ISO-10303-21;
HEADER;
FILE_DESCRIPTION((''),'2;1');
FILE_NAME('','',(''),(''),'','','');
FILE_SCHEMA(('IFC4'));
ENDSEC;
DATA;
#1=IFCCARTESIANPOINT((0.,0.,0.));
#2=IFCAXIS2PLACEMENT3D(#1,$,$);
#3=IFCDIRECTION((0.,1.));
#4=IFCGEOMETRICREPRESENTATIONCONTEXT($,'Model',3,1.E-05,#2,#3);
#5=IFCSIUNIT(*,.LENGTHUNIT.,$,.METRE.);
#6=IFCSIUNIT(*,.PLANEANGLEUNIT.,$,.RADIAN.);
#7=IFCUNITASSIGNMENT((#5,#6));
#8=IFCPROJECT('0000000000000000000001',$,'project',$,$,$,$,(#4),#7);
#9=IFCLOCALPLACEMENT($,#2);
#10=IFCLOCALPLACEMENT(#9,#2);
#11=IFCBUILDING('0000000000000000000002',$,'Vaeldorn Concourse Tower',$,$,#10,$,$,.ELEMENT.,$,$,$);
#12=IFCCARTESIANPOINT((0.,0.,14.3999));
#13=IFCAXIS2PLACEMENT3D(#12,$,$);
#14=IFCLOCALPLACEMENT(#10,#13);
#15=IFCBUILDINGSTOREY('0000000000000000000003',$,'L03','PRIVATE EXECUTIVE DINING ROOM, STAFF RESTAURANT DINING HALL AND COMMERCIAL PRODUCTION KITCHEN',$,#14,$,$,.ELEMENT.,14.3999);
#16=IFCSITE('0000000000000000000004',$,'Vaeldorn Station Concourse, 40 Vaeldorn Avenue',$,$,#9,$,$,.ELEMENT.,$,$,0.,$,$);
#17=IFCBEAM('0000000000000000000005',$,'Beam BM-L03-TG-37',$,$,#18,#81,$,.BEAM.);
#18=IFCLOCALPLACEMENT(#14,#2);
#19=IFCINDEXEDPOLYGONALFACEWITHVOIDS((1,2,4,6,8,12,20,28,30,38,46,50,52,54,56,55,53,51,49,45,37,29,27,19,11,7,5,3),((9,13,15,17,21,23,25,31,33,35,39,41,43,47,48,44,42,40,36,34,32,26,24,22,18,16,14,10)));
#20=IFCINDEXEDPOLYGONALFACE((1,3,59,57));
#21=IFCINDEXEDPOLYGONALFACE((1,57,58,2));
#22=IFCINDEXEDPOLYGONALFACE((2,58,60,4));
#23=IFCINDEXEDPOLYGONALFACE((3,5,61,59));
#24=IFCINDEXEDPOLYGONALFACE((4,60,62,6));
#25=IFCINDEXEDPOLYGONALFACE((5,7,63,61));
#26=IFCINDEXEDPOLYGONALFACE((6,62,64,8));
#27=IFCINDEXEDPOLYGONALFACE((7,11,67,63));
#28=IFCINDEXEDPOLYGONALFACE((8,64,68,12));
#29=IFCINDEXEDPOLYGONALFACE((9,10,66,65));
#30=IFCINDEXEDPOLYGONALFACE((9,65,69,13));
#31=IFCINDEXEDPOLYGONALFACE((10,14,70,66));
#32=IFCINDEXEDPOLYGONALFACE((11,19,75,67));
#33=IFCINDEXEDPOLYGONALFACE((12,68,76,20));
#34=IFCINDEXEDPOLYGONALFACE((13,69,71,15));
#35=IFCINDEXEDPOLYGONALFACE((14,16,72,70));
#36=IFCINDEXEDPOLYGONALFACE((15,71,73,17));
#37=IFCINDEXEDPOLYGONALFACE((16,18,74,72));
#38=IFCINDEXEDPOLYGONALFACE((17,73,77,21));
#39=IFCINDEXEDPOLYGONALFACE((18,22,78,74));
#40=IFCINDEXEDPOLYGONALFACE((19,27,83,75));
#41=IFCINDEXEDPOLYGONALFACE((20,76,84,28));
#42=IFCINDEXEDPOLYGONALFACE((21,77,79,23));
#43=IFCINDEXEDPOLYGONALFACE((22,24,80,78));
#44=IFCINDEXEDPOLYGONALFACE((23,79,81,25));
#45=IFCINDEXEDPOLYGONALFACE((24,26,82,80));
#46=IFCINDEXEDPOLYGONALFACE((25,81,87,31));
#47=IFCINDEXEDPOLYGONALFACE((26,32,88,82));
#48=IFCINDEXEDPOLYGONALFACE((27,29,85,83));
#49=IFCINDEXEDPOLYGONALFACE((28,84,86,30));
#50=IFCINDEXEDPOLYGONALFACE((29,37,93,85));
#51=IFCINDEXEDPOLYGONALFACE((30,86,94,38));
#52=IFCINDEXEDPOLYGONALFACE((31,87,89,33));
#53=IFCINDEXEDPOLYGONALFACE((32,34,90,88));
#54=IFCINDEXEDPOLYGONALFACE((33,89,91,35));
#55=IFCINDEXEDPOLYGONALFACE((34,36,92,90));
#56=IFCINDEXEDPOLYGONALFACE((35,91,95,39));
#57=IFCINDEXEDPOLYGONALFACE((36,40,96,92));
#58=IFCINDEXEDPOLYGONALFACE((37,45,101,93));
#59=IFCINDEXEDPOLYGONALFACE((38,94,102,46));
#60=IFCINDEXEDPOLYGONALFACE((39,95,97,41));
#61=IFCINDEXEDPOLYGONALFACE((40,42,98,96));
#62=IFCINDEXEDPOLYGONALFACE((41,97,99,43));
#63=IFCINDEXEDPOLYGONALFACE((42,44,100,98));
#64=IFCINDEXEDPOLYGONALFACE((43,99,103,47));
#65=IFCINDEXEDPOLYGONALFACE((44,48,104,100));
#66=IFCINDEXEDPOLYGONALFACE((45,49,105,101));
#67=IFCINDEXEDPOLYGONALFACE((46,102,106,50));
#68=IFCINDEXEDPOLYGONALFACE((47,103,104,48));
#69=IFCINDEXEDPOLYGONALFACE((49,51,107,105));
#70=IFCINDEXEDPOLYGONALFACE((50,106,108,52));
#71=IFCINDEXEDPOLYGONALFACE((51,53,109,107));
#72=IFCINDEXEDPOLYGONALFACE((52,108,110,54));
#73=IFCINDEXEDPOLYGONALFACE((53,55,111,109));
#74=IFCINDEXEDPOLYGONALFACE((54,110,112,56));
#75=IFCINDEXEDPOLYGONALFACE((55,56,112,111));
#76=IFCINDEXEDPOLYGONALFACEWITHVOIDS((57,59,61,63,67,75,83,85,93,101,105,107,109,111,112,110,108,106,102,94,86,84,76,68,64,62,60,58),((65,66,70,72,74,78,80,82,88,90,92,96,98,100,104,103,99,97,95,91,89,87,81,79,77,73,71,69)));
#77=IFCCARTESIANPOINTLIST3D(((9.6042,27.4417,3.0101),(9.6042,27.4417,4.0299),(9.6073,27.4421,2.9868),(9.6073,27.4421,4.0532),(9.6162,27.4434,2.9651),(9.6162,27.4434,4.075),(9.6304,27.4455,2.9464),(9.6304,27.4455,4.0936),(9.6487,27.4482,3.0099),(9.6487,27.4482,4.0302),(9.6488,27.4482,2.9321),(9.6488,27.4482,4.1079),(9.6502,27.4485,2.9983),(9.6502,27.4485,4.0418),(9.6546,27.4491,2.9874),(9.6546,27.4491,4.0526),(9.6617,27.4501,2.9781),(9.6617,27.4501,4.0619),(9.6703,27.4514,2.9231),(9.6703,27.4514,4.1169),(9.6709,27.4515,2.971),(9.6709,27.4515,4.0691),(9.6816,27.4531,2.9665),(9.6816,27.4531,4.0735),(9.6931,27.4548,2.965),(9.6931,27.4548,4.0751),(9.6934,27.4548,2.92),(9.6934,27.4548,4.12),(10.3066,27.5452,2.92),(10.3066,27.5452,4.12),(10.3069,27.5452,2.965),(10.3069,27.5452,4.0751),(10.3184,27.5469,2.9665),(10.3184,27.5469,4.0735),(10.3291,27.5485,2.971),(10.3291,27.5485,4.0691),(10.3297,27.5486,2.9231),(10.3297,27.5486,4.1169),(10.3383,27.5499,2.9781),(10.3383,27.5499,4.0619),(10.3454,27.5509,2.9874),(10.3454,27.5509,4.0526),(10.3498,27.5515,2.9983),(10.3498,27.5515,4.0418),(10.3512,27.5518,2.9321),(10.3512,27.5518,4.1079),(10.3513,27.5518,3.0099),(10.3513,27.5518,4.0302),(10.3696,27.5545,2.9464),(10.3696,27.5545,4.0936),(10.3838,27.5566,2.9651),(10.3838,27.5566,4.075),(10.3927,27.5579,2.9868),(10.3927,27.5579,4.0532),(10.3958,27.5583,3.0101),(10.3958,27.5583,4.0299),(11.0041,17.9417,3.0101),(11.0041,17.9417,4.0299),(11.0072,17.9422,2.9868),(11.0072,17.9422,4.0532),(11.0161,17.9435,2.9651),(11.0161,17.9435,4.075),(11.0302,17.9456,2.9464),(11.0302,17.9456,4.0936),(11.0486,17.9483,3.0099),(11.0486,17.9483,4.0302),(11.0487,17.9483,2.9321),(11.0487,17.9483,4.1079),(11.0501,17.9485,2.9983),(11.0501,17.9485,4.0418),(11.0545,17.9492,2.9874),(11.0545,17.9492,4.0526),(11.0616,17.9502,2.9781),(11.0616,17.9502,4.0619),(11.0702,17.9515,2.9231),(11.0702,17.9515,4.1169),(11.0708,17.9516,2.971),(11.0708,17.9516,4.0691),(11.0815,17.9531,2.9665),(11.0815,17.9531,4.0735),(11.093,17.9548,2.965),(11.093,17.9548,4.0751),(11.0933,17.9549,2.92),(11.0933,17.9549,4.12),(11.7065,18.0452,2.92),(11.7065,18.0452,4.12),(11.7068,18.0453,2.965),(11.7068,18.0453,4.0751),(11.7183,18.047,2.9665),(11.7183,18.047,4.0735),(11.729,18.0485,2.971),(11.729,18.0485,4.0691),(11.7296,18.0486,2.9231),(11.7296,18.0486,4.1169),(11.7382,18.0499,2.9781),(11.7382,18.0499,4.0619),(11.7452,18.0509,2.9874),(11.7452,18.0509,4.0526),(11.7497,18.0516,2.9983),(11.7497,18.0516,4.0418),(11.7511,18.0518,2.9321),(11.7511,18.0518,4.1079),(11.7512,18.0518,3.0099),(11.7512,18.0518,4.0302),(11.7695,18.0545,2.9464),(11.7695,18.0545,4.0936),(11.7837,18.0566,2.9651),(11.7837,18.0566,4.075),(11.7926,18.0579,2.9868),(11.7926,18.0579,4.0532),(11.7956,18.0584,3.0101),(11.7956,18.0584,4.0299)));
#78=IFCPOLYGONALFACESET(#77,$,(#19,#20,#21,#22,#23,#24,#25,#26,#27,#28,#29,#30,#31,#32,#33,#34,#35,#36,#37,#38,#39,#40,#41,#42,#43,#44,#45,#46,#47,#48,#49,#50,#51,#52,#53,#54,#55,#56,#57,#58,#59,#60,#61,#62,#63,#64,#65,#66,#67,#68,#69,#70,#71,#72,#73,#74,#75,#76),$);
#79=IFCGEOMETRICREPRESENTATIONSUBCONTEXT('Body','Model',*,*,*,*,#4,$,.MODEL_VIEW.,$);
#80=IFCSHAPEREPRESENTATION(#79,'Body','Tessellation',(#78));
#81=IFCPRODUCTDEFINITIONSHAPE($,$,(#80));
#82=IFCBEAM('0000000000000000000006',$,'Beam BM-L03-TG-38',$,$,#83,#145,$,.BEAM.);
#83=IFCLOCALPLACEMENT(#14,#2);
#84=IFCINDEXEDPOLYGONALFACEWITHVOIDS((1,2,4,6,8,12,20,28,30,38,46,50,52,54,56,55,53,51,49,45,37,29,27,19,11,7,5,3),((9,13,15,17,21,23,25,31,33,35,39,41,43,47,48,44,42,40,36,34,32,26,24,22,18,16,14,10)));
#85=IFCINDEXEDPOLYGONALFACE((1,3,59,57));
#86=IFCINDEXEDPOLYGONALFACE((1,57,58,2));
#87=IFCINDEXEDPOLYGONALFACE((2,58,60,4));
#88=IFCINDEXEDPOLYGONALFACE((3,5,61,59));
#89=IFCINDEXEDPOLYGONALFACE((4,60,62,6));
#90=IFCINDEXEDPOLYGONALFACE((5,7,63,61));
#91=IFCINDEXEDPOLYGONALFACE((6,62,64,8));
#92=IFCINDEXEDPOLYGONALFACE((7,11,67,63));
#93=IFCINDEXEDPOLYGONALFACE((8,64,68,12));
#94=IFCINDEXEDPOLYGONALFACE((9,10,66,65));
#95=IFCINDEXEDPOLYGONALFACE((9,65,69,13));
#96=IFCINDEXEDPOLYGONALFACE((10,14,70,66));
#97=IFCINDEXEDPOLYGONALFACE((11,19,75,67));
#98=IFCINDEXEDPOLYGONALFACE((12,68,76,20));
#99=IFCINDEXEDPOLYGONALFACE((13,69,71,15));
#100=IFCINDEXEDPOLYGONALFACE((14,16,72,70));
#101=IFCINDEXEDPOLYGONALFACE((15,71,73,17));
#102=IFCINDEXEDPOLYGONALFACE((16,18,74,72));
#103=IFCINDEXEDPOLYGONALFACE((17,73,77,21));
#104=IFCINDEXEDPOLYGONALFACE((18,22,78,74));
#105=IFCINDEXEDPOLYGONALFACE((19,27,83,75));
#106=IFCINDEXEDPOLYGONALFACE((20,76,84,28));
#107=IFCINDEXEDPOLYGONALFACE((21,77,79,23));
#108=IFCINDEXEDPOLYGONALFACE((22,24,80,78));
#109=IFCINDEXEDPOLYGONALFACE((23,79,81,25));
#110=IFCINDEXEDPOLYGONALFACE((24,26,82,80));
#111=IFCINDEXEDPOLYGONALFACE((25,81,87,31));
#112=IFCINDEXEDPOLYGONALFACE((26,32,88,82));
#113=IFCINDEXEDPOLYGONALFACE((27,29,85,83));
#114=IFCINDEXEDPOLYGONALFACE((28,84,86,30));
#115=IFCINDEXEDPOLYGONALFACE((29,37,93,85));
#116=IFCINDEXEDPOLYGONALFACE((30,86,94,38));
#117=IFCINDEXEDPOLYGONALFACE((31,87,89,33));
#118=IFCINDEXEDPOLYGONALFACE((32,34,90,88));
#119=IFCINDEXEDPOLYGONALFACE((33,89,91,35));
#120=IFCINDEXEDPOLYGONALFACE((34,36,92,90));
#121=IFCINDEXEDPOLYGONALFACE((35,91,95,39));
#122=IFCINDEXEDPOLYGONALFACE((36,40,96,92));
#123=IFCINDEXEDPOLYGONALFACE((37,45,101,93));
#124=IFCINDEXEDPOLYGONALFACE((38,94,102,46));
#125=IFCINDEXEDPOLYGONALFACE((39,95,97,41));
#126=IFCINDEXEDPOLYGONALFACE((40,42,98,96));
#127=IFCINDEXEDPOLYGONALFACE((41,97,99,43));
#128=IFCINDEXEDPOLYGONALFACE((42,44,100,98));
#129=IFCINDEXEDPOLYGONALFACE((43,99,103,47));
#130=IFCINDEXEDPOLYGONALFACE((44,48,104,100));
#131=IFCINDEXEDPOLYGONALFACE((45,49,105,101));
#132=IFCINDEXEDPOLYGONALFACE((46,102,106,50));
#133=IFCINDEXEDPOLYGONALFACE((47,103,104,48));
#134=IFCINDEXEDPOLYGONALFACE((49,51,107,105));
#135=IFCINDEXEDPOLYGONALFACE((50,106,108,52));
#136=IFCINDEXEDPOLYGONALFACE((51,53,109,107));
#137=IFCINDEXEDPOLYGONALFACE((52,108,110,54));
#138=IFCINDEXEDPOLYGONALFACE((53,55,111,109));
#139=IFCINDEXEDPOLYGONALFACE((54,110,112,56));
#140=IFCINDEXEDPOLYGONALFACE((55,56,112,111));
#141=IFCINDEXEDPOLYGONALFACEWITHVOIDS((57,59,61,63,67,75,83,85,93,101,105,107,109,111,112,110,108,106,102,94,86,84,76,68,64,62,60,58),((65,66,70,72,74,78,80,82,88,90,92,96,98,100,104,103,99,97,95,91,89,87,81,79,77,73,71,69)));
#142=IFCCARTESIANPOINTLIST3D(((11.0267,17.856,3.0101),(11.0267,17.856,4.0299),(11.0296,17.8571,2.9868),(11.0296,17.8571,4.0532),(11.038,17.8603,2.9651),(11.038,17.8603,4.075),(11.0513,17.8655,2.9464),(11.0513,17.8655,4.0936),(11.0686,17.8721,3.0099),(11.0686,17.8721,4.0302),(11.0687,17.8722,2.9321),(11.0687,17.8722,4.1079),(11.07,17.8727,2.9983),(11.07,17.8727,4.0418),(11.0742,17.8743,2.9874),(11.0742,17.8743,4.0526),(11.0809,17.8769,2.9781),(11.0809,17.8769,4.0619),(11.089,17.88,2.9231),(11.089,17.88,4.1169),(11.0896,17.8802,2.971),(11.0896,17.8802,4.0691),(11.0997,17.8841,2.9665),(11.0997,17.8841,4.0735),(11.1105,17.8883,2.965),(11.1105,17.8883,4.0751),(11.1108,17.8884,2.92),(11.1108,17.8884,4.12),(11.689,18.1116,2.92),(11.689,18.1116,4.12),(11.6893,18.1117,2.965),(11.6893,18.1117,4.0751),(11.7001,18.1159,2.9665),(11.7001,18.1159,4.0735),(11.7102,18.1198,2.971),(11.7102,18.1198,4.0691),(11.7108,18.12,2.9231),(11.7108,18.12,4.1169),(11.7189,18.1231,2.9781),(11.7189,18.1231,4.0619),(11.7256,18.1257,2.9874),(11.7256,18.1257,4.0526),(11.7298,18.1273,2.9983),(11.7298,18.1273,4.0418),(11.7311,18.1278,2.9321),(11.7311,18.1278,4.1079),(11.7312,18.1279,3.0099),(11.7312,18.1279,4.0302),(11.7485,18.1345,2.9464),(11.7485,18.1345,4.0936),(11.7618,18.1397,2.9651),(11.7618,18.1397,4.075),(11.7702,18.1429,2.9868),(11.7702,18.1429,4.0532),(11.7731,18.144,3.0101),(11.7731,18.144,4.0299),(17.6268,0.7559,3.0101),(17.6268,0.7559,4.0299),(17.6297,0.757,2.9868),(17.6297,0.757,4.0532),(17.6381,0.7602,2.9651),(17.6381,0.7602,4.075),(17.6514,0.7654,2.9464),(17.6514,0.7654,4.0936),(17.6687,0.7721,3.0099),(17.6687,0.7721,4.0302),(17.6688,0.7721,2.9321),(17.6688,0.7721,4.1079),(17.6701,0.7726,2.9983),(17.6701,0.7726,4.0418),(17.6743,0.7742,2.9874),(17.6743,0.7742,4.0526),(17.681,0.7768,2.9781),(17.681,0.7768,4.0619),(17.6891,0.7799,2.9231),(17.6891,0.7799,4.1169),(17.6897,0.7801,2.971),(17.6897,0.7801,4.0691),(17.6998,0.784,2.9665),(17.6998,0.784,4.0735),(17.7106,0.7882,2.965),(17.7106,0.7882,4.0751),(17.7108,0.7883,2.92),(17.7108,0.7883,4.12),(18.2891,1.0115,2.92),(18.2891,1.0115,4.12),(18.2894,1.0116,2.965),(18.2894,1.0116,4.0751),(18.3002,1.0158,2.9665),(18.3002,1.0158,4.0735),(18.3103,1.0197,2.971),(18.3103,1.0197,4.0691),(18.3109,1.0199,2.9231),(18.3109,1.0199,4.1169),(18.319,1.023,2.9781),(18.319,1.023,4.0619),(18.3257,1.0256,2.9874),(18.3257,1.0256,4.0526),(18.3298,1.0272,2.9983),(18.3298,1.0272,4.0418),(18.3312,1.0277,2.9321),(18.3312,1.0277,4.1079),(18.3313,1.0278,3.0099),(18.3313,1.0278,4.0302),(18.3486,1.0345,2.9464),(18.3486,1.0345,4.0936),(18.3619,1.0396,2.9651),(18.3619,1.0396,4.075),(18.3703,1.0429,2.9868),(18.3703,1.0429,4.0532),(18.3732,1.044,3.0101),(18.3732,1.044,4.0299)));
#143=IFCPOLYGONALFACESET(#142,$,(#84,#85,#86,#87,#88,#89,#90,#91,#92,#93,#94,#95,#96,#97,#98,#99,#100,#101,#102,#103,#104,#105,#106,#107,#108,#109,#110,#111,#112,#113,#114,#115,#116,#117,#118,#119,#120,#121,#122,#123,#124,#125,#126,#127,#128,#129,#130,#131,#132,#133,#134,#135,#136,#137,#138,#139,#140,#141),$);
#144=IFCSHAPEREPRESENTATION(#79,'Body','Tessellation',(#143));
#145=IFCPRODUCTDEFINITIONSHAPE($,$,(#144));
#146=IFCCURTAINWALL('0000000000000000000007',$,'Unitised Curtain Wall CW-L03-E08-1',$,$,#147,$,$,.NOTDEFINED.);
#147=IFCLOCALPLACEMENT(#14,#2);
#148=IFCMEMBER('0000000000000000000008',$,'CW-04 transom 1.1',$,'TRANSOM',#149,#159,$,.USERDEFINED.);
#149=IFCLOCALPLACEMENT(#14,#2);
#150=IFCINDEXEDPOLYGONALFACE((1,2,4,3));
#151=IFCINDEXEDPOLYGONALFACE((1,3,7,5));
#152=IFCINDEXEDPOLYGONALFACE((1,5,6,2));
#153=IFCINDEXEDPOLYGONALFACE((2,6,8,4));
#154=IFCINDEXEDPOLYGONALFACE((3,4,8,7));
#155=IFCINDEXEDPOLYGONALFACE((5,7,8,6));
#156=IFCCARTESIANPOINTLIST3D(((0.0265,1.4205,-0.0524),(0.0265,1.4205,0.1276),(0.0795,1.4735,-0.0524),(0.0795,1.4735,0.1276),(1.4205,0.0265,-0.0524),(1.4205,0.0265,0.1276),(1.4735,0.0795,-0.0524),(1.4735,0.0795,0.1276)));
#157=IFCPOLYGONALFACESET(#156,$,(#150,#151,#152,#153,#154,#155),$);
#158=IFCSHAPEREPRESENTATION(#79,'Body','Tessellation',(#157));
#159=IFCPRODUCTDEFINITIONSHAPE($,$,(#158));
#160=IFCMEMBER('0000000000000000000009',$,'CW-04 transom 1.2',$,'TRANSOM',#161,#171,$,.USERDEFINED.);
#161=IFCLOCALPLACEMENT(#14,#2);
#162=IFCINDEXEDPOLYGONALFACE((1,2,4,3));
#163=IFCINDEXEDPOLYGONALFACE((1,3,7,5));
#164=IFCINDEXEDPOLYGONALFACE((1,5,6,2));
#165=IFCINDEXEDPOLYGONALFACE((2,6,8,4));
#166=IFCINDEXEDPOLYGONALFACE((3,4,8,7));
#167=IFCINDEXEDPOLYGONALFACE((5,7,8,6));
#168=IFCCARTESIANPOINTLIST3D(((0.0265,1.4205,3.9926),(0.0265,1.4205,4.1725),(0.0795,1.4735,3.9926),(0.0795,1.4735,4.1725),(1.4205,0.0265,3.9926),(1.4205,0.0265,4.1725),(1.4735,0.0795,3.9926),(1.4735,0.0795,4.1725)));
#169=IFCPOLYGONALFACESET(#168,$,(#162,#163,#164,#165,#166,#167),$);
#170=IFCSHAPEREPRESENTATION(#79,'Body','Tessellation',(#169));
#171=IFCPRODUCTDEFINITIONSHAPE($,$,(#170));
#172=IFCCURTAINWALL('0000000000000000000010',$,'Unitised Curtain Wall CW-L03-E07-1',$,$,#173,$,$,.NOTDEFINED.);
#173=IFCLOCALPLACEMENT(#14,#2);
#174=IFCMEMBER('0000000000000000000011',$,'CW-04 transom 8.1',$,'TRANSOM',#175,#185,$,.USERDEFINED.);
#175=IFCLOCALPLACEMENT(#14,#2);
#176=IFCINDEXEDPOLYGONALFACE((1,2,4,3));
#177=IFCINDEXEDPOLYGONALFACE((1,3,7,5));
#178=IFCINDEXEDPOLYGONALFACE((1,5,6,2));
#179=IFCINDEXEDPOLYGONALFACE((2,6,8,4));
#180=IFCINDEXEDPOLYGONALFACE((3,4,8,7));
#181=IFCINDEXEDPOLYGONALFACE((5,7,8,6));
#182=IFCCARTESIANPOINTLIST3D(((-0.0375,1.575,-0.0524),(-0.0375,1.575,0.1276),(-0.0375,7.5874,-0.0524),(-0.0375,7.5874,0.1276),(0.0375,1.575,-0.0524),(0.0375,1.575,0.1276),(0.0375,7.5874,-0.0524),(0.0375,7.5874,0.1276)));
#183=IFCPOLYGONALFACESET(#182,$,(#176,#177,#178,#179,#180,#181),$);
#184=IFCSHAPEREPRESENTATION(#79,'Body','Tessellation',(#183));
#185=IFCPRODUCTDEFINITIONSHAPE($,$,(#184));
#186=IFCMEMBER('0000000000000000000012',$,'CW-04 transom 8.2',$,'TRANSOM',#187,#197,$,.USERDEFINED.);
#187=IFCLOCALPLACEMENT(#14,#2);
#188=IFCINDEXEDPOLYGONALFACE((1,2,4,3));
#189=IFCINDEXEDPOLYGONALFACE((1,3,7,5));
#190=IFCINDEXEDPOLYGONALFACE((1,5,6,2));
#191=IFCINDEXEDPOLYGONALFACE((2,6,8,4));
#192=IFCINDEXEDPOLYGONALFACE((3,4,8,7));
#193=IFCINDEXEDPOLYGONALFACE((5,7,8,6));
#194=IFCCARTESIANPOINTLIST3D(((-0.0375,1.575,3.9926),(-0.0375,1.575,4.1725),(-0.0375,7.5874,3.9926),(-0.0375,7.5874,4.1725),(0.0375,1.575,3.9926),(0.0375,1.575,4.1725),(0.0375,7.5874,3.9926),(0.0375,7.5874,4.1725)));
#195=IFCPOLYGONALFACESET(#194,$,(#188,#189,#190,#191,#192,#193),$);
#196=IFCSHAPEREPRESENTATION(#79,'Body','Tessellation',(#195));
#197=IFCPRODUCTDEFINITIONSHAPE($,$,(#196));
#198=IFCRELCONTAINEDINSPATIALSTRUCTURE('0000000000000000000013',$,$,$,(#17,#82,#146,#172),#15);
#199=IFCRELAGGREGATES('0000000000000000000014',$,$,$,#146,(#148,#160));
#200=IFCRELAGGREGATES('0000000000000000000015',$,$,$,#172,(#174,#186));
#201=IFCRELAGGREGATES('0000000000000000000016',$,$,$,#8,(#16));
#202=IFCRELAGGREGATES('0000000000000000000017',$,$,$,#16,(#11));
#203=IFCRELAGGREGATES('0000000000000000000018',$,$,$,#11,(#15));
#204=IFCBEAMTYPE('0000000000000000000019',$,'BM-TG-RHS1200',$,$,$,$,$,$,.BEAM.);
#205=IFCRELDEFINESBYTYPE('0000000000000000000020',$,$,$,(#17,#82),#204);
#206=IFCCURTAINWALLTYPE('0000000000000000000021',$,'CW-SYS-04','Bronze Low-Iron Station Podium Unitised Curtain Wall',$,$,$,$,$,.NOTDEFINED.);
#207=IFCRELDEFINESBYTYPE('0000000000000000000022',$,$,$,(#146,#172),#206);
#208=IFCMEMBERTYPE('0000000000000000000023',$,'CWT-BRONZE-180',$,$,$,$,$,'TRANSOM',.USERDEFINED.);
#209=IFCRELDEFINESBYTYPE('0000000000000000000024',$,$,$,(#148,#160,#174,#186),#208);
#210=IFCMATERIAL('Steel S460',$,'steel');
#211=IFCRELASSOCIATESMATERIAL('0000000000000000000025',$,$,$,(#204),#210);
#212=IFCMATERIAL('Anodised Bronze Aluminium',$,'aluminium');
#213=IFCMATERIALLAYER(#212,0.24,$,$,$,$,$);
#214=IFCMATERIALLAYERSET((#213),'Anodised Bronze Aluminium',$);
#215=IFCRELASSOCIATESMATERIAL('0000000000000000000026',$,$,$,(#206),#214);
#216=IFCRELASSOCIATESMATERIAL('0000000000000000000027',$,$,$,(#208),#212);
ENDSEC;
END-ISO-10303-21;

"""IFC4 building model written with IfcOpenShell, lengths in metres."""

from ifc_helpers import new_model, si_unit, direction, frame, origin, origin_2d, place, context, subcontext, project, spatial, rectangle, hollow_rectangle, extrude, source, transform, mapped, material, layer, layer_set, material_profile, profile_set, type_object, element, aggregate, save


model = new_model("IFC4")

# Units and contexts
model_context = context("Model", 3, precision=1e-05, world=origin(), true_north=direction((0.0, 1.0)))
body_context = subcontext(model_context, "Body", "Model", "MODEL_VIEW")
ifc_project = project(units=[si_unit("LENGTHUNIT", "METRE"), si_unit("PLANEANGLEUNIT", "RADIAN")], contexts=[model_context])

# Site, building, storey
site_placement = place(None, origin())
site = spatial("IfcSite", under=ifc_project, at=site_placement, Name="Vaeldorn Station Concourse, 40 Vaeldorn Avenue", CompositionType="ELEMENT", RefElevation=0.0)
building_placement = place(site_placement, origin())
building = spatial("IfcBuilding", under=site, at=building_placement, Name="Vaeldorn Concourse Tower", CompositionType="ELEMENT")
storey_placement = place(building_placement, frame((0.0, 0.0, 14.3999)))
storey = spatial("IfcBuildingStorey", under=building, at=storey_placement, Name="L03", Description="PRIVATE EXECUTIVE DINING ROOM, STAFF RESTAURANT DINING HALL AND COMMERCIAL PRODUCTION KITCHEN", CompositionType="ELEMENT", Elevation=14.3999)

# Shared definitions
ifc_material_1 = material(Name="Steel S460", Category="steel")

# Beams
ifc_material_profile_1 = material_profile(ifc_material_1, hollow_rectangle(XDim=0.8, YDim=1.2, WallThickness=0.0449, InnerFilletRadius=0.0449, OuterFilletRadius=0.0901, at=origin_2d()), Name="RHS 1200x800x45")
ifc_profile_set_1 = profile_set([ifc_material_profile_1], Name="Steel S460")
beam_type = type_object("IfcBeamType", Name="BM-TG-RHS1200", PredefinedType="BEAM", material=ifc_profile_set_1)
shared_shape_1 = source(origin(), body_context, "Body", "SweptSolid", [
    extrude(hollow_rectangle(XDim=0.8, YDim=1.2, WallThickness=0.0449, InnerFilletRadius=0.0449, OuterFilletRadius=0.0901, at=origin_2d()), origin(), (0.0, 0.0, 1.0), 9.6025),
])
beam_1_placement = place(storey_placement, frame((10.0, 27.5, 3.52), z_axis=(0.145784, -0.989316, 0.0), x_axis=(0.989316, 0.145784, 0.0)))
element("IfcBeam", 1, at=beam_1_placement, inside=storey, type_object=beam_type, Name="Beam BM-L03-TG-37", PredefinedType="BEAM", context=body_context, shape_type="MappedRepresentation", body=[
    mapped(shared_shape_1, transform((0.0, 0.0, 0.0), scale=1.0)),
])
shared_shape_2 = source(origin(), body_context, "Body", "SweptSolid", [
    extrude(hollow_rectangle(XDim=0.8, YDim=1.2, WallThickness=0.0449, InnerFilletRadius=0.0449, OuterFilletRadius=0.0901, at=origin_2d()), origin(), (0.0, 0.0, 1.0), 18.3296),
])
beam_2_placement = place(storey_placement, frame((11.3999, 18.0, 3.52), z_axis=(0.360078, -0.932922, 0.0), x_axis=(0.932922, 0.360078, 0.0)))
element("IfcBeam", 2, at=beam_2_placement, inside=storey, type_object=beam_type, Name="Beam BM-L03-TG-38", PredefinedType="BEAM", context=body_context, shape_type="MappedRepresentation", body=[
    mapped(shared_shape_2, transform((0.0, 0.0, 0.0), scale=1.0)),
])

# Curtain walls, members
ifc_material_2 = material(Name="Anodised Bronze Aluminium", Category="aluminium")
ifc_layer_1 = layer(ifc_material_2, 0.24)
ifc_layer_set_1 = layer_set([ifc_layer_1], Name="Anodised Bronze Aluminium")
curtain_wall_type = type_object("IfcCurtainWallType", Name="CW-SYS-04", Description="Bronze Low-Iron Station Podium Unitised Curtain Wall", PredefinedType="NOTDEFINED", material=ifc_layer_set_1)
curtain_wall_1_placement = place(storey_placement, origin())
curtain_wall_1 = element("IfcCurtainWall", 3, at=curtain_wall_1_placement, inside=storey, type_object=curtain_wall_type, Name="Unitised Curtain Wall CW-L03-E08-1", PredefinedType="NOTDEFINED")
ifc_material_profile_2 = material_profile(ifc_material_2, rectangle(XDim=0.075, YDim=0.1799, at=origin_2d()), Name="CWT 75x180")
ifc_profile_set_2 = profile_set([ifc_material_profile_2], Name="Anodised Bronze Aluminium")
member_type_1 = type_object("IfcMemberType", Name="CWT-BRONZE-180", ElementType="TRANSOM", PredefinedType="USERDEFINED", material=ifc_profile_set_2)
shared_shape_3 = source(origin(), body_context, "Body", "SweptSolid", [
    extrude(rectangle(XDim=0.075, YDim=0.1799, at=origin_2d()), origin(), (0.0, 0.0, 1.0), 1.9714),
])
member_1_placement = place(storey_placement, frame((0.053, 1.447, 0.0376), z_axis=(0.707107, -0.707107, 0.0), x_axis=(0.707107, 0.707107, 0.0)))
member_1 = element("IfcMember", 4, at=member_1_placement, type_object=member_type_1, Name="CW-04 transom 1.1", ObjectType="TRANSOM", PredefinedType="USERDEFINED", context=body_context, shape_type="MappedRepresentation", body=[
    mapped(shared_shape_3, transform((0.0, 0.0, 0.0), scale=1.0)),
])
member_2_placement = place(storey_placement, frame((0.053, 1.447, 4.0825), z_axis=(0.707107, -0.707107, 0.0), x_axis=(0.707107, 0.707107, 0.0)))
member_2 = element("IfcMember", 5, at=member_2_placement, type_object=member_type_1, Name="CW-04 transom 1.2", ObjectType="TRANSOM", PredefinedType="USERDEFINED", context=body_context, shape_type="MappedRepresentation", body=[
    mapped(shared_shape_3, transform((0.0, 0.0, 0.0), scale=1.0)),
])
curtain_wall_2_placement = place(storey_placement, origin())
curtain_wall_2 = element("IfcCurtainWall", 6, at=curtain_wall_2_placement, inside=storey, type_object=curtain_wall_type, Name="Unitised Curtain Wall CW-L03-E07-1", PredefinedType="NOTDEFINED")
shared_shape_4 = source(origin(), body_context, "Body", "SweptSolid", [
    extrude(rectangle(XDim=0.075, YDim=0.1799, at=origin_2d()), origin(), (0.0, 0.0, 1.0), 6.0125),
])
member_3_placement = place(storey_placement, frame((0.0, 7.5874, 0.0376), z_axis=(0.0, -1.0, 0.0), x_axis=(1.0, 0.0, 0.0)))
member_3 = element("IfcMember", 7, at=member_3_placement, type_object=member_type_1, Name="CW-04 transom 8.1", ObjectType="TRANSOM", PredefinedType="USERDEFINED", context=body_context, shape_type="MappedRepresentation", body=[
    mapped(shared_shape_4, transform((0.0, 0.0, 0.0), scale=1.0)),
])
member_4_placement = place(storey_placement, frame((0.0, 7.5874, 4.0825), z_axis=(0.0, -1.0, 0.0), x_axis=(1.0, 0.0, 0.0)))
member_4 = element("IfcMember", 8, at=member_4_placement, type_object=member_type_1, Name="CW-04 transom 8.2", ObjectType="TRANSOM", PredefinedType="USERDEFINED", context=body_context, shape_type="MappedRepresentation", body=[
    mapped(shared_shape_4, transform((0.0, 0.0, 0.0), scale=1.0)),
])

aggregate(curtain_wall_1, [member_1, member_2])

aggregate(curtain_wall_2, [member_3, member_4])

save(model, "model.ifc")
